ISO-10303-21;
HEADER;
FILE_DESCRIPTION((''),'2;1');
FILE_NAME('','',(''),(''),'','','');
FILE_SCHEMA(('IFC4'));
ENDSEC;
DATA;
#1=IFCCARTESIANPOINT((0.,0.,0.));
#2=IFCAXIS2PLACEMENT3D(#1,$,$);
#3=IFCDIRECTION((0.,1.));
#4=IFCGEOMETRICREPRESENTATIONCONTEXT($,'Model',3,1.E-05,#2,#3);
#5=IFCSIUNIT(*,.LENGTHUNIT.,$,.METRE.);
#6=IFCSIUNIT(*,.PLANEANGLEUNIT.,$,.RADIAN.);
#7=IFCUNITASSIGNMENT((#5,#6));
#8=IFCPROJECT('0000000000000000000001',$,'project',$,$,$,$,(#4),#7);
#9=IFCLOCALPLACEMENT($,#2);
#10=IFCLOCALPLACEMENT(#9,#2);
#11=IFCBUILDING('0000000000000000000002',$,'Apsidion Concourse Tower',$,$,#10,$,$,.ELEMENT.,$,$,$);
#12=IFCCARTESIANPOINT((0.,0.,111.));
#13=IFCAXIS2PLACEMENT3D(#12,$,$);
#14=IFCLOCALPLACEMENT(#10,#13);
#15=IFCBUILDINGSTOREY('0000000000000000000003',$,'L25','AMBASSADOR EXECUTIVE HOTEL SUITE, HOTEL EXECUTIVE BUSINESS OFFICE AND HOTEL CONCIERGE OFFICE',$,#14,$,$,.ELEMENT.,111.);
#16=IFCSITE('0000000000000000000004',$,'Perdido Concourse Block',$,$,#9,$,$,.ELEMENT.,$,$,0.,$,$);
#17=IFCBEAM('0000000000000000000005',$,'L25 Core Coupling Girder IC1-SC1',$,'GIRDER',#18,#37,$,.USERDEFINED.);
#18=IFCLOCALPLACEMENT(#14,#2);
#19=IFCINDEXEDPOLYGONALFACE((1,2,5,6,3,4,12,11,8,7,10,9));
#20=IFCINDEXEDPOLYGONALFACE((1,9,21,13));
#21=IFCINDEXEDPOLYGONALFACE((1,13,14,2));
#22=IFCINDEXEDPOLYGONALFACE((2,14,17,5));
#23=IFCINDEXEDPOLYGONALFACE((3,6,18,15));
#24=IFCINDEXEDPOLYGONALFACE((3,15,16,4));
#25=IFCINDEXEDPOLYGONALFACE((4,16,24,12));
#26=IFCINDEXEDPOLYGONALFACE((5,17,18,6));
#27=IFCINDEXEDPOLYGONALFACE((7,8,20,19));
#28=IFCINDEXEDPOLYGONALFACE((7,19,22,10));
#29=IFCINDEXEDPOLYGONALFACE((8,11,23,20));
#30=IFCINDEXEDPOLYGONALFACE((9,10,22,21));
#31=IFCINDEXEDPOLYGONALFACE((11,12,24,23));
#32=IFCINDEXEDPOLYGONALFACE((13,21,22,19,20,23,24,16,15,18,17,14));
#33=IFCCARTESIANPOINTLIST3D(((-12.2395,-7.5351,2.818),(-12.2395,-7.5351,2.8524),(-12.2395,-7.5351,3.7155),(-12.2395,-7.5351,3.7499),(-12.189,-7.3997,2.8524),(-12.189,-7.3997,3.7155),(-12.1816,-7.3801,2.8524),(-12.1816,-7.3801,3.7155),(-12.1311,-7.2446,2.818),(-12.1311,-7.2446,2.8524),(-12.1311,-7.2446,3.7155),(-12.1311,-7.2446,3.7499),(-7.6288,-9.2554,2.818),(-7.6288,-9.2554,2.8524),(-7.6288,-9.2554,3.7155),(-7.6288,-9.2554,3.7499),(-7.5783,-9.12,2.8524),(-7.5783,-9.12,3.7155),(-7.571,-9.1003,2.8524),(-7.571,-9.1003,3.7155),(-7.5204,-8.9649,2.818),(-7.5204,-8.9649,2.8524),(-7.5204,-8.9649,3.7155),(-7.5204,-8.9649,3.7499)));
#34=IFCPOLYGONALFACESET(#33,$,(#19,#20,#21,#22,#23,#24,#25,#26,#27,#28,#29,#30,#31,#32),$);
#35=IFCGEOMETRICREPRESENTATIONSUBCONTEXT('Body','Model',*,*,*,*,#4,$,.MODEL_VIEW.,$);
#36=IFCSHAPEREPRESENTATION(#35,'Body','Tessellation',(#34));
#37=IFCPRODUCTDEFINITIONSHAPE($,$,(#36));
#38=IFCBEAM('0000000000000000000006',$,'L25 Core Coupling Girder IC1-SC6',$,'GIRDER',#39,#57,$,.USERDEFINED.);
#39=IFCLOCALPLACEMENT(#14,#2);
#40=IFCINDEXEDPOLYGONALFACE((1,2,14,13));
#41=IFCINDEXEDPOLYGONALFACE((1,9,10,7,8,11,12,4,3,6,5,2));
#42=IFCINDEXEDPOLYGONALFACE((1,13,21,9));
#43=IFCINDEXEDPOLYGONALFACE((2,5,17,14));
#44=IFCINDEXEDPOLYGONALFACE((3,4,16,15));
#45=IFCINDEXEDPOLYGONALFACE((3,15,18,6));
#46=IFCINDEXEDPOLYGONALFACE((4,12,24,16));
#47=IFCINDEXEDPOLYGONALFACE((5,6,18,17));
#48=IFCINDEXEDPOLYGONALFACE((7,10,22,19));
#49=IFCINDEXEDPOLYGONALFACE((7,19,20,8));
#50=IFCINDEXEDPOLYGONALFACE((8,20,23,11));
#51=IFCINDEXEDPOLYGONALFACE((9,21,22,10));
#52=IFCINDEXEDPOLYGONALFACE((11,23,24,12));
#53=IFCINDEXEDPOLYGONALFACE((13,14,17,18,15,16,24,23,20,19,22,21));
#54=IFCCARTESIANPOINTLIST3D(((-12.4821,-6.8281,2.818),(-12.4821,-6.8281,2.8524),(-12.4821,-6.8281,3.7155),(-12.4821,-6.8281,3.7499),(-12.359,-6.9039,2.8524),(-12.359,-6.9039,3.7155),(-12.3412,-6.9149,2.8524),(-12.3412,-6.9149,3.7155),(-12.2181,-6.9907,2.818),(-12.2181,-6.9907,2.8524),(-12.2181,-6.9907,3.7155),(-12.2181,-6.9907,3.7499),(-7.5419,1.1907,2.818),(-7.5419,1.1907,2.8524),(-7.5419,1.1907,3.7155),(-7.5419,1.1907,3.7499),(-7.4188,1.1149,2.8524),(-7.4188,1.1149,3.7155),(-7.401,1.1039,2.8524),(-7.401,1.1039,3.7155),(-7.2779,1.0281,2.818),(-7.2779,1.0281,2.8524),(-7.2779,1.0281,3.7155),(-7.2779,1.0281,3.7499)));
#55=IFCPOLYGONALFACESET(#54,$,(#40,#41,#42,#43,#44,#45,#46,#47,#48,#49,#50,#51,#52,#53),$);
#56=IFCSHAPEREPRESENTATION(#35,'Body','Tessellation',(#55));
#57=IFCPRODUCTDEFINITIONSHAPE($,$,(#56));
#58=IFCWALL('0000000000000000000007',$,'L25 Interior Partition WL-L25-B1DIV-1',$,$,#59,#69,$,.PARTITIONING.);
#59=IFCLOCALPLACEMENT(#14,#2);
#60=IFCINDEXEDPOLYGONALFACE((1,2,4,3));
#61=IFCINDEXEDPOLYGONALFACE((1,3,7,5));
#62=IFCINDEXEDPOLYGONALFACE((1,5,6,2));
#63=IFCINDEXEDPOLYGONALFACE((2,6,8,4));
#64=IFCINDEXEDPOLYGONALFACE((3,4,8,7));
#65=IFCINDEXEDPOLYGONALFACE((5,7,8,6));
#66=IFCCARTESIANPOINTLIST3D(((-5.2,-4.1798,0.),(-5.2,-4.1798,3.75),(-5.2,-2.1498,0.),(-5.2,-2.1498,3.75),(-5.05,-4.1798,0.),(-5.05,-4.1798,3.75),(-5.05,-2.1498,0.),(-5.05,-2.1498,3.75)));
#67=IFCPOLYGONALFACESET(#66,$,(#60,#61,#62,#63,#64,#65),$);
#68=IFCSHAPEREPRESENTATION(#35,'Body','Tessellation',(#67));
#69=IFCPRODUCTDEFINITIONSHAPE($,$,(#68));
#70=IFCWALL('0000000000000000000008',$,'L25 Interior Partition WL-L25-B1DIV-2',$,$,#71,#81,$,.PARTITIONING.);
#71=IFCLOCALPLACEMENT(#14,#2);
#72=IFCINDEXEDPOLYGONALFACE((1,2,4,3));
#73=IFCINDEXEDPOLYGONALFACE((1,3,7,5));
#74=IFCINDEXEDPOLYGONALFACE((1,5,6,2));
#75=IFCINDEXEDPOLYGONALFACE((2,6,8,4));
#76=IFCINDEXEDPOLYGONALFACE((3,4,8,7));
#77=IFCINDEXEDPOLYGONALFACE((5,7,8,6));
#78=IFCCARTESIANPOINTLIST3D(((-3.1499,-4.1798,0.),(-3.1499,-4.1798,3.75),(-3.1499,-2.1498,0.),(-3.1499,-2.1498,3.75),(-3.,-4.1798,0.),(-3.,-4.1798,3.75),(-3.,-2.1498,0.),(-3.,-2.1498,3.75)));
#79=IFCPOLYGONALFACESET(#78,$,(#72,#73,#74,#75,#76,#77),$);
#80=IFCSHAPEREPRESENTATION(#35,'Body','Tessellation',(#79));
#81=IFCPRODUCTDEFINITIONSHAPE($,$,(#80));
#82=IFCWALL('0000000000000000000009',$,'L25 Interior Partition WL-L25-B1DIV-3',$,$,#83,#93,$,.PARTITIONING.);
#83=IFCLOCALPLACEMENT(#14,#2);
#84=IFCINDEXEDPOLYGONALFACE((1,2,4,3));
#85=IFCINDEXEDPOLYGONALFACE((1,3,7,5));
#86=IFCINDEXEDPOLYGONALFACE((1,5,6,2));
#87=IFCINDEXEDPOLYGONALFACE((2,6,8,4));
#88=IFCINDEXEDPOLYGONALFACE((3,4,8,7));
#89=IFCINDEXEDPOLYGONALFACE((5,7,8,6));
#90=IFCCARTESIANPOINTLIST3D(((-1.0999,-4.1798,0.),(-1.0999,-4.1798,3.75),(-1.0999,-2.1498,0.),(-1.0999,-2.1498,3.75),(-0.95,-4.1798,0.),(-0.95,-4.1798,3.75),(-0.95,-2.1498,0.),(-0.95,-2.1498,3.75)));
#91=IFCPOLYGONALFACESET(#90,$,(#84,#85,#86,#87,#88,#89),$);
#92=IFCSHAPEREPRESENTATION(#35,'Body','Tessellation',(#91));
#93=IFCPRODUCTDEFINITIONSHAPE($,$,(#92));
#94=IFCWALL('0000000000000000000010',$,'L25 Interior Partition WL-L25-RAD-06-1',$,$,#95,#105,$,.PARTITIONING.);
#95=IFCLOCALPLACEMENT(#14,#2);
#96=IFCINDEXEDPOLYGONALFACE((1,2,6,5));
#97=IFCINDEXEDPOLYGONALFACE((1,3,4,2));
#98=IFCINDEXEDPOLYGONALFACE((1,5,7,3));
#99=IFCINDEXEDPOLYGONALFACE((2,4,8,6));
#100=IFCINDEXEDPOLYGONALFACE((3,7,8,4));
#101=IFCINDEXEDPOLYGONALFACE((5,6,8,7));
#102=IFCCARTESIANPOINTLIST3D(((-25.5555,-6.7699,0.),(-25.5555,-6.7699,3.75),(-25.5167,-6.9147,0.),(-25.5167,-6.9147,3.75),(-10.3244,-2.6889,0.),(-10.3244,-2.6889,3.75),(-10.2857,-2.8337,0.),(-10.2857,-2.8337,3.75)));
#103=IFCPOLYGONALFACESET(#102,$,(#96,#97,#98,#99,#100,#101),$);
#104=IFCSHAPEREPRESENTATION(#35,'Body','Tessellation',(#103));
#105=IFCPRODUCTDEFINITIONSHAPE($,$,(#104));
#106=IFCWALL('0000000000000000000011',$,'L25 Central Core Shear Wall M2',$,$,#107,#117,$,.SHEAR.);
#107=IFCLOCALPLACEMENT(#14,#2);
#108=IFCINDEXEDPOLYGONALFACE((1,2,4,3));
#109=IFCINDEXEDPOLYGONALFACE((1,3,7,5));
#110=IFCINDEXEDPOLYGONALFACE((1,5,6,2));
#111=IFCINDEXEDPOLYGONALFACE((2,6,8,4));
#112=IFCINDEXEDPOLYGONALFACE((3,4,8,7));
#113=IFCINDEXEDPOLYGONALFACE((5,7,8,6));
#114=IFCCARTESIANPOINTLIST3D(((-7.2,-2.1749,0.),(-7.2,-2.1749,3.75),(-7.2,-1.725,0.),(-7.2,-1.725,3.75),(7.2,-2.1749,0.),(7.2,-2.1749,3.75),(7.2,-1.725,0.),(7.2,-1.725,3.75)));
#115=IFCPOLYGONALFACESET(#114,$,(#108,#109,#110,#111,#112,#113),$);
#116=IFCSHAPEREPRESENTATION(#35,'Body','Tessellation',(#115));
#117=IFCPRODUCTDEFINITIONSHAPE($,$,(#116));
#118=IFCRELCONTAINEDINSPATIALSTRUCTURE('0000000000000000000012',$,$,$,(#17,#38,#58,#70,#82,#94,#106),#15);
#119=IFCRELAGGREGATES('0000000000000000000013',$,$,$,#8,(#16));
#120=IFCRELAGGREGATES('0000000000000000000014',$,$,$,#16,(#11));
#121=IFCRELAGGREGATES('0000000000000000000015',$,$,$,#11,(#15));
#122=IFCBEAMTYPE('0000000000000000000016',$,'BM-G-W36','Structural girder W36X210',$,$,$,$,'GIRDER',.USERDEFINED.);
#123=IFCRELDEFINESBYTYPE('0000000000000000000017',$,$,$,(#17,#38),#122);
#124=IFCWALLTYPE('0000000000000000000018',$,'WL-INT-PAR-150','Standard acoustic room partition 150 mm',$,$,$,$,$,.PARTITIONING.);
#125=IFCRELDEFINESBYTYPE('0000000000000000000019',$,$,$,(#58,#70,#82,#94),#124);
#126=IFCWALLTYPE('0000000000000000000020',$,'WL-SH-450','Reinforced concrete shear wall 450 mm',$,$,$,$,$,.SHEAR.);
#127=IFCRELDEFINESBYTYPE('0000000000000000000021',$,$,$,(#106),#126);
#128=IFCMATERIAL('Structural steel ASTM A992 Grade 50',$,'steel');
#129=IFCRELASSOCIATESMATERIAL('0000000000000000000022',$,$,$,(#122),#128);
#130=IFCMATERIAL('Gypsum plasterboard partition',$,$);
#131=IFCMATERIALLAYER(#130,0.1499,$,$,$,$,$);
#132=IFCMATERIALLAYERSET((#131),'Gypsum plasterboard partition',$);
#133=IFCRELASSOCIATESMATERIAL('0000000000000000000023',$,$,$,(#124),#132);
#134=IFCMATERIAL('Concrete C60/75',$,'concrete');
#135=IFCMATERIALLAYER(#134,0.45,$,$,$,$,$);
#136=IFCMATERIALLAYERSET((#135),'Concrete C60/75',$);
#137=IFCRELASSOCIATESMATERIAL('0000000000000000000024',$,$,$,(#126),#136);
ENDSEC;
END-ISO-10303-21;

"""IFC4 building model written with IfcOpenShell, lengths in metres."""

from ifc_helpers import new_model, si_unit, direction, frame, frame_2d, origin, origin_2d, place, context, subcontext, project, spatial, rectangle, i_section, extrude, material, layer, layer_set, material_profile, profile_set, type_object, element, save


model = new_model("IFC4")

# Units and contexts
model_context = context("Model", 3, precision=1e-05, world=origin(), true_north=direction((0.0, 1.0)))
body_context = subcontext(model_context, "Body", "Model", "MODEL_VIEW")
ifc_project = project(units=[si_unit("LENGTHUNIT", "METRE"), si_unit("PLANEANGLEUNIT", "RADIAN")], contexts=[model_context])

# Site, building, storey
site_placement = place(None, origin())
site = spatial("IfcSite", under=ifc_project, at=site_placement, Name="Perdido Concourse Block", CompositionType="ELEMENT", RefElevation=0.0)
building_placement = place(site_placement, origin())
building = spatial("IfcBuilding", under=site, at=building_placement, Name="Apsidion Concourse Tower", CompositionType="ELEMENT")
storey_placement = place(building_placement, frame((0.0, 0.0, 111.0)))
storey = spatial("IfcBuildingStorey", under=building, at=storey_placement, Name="L25", Description="AMBASSADOR EXECUTIVE HOTEL SUITE, HOTEL EXECUTIVE BUSINESS OFFICE AND HOTEL CONCIERGE OFFICE", CompositionType="ELEMENT", Elevation=111.0)

# Beams
ifc_material_1 = material(Name="Structural steel ASTM A992 Grade 50", Category="steel")
ifc_material_profile = material_profile(ifc_material_1, i_section(OverallWidth=0.3101, OverallDepth=0.9319, WebThickness=0.021, FlangeThickness=0.0344, at=origin_2d()), Name="W36X210")
ifc_profile_set = profile_set([ifc_material_profile], Name="Structural steel ASTM A992 Grade 50")
beam_type = type_object("IfcBeamType", Name="BM-G-W36", Description="Structural girder W36X210", ElementType="GIRDER", PredefinedType="USERDEFINED", material=ifc_profile_set)
beam_1_placement = place(storey_placement, frame((-12.1853, -7.3899, 3.2839), z_axis=(0.936913, -0.349563, 0.0), x_axis=(0.349563, 0.936913, 0.0)))
element("IfcBeam", 1, at=beam_1_placement, inside=storey, type_object=beam_type, Name="L25 Core Coupling Girder IC1-SC1", ObjectType="GIRDER", PredefinedType="USERDEFINED", context=body_context, shape_type="SweptSolid", body=[
    extrude(i_section(OverallWidth=0.3101, OverallDepth=0.9319, WebThickness=0.021, FlangeThickness=0.0344, at=origin_2d()), origin(), (0.0, 0.0, 1.0), 4.9211),
])
beam_2_placement = place(storey_placement, frame((-12.3501, -6.9094, 3.2839), z_axis=(0.524524, 0.851396, 0.0), x_axis=(-0.851396, 0.524524, 0.0)))
element("IfcBeam", 2, at=beam_2_placement, inside=storey, type_object=beam_type, Name="L25 Core Coupling Girder IC1-SC6", ObjectType="GIRDER", PredefinedType="USERDEFINED", context=body_context, shape_type="SweptSolid", body=[
    extrude(i_section(OverallWidth=0.3101, OverallDepth=0.9319, WebThickness=0.021, FlangeThickness=0.0344, at=origin_2d()), origin(), (0.0, 0.0, 1.0), 9.4185),
])

# Walls
ifc_material_2 = material(Name="Gypsum plasterboard partition")
ifc_layer_1 = layer(ifc_material_2, 0.1499)
ifc_layer_set_1 = layer_set([ifc_layer_1], Name="Gypsum plasterboard partition")
wall_type_1 = type_object("IfcWallType", Name="WL-INT-PAR-150", Description="Standard acoustic room partition 150 mm", PredefinedType="PARTITIONING", material=ifc_layer_set_1)
for number, where, z_axis, x_axis, name in (
    (3, (-5.125, -4.1799, 0.0), (0.0, 0.0, 1.0), (0.0, 1.0, 0.0), "L25 Interior Partition WL-L25-B1DIV-1"),
    (4, (-3.075, -4.1799, 0.0), (0.0, 0.0, 1.0), (0.0, 1.0, 0.0), "L25 Interior Partition WL-L25-B1DIV-2"),
    (5, (-1.0249, -4.1799, 0.0), (0.0, 0.0, 1.0), (0.0, 1.0, 0.0), "L25 Interior Partition WL-L25-B1DIV-3"),
):
    element("IfcWall", number, at=place(storey_placement, frame(where, z_axis=z_axis, x_axis=x_axis)), inside=storey, type_object=wall_type_1, Name=name, PredefinedType="PARTITIONING", context=body_context, shape_type="SweptSolid", body=[
        extrude(rectangle(XDim=2.03, YDim=0.1499, at=frame_2d((1.0151, 0.0))), origin(), (0.0, 0.0, 1.0), 3.75),
    ])
wall_1_placement = place(storey_placement, frame((-10.3049, -2.7612, 0.0), z_axis=(0.0, 0.0, 1.0), x_axis=(-0.965927, -0.258815, 0.0)))
element("IfcWall", 6, at=wall_1_placement, inside=storey, type_object=wall_type_1, Name="L25 Interior Partition WL-L25-RAD-06-1", PredefinedType="PARTITIONING", context=body_context, shape_type="SweptSolid", body=[
    extrude(rectangle(XDim=15.7683, YDim=0.1499, at=frame_2d((7.8843, 0.0))), origin(), (0.0, 0.0, 1.0), 3.75),
])

# Shared definitions
ifc_material_3 = material(Name="Concrete C60/75", Category="concrete")
ifc_layer_2 = layer(ifc_material_3, 0.45)
ifc_layer_set_2 = layer_set([ifc_layer_2], Name="Concrete C60/75")
wall_type_2 = type_object("IfcWallType", Name="WL-SH-450", Description="Reinforced concrete shear wall 450 mm", PredefinedType="SHEAR", material=ifc_layer_set_2)

# Wall
wall_2_placement = place(storey_placement, frame((-7.2, -1.95, 0.0), z_axis=(0.0, 0.0, 1.0), x_axis=(1.0, 0.0, 0.0)))
element("IfcWall", 7, at=wall_2_placement, inside=storey, type_object=wall_type_2, Name="L25 Central Core Shear Wall M2", PredefinedType="SHEAR", context=body_context, shape_type="SweptSolid", body=[
    extrude(rectangle(XDim=14.3999, YDim=0.45, at=frame_2d((7.2, 0.0))), origin(), (0.0, 0.0, 1.0), 3.75),
])

save(model, "model.ifc")
